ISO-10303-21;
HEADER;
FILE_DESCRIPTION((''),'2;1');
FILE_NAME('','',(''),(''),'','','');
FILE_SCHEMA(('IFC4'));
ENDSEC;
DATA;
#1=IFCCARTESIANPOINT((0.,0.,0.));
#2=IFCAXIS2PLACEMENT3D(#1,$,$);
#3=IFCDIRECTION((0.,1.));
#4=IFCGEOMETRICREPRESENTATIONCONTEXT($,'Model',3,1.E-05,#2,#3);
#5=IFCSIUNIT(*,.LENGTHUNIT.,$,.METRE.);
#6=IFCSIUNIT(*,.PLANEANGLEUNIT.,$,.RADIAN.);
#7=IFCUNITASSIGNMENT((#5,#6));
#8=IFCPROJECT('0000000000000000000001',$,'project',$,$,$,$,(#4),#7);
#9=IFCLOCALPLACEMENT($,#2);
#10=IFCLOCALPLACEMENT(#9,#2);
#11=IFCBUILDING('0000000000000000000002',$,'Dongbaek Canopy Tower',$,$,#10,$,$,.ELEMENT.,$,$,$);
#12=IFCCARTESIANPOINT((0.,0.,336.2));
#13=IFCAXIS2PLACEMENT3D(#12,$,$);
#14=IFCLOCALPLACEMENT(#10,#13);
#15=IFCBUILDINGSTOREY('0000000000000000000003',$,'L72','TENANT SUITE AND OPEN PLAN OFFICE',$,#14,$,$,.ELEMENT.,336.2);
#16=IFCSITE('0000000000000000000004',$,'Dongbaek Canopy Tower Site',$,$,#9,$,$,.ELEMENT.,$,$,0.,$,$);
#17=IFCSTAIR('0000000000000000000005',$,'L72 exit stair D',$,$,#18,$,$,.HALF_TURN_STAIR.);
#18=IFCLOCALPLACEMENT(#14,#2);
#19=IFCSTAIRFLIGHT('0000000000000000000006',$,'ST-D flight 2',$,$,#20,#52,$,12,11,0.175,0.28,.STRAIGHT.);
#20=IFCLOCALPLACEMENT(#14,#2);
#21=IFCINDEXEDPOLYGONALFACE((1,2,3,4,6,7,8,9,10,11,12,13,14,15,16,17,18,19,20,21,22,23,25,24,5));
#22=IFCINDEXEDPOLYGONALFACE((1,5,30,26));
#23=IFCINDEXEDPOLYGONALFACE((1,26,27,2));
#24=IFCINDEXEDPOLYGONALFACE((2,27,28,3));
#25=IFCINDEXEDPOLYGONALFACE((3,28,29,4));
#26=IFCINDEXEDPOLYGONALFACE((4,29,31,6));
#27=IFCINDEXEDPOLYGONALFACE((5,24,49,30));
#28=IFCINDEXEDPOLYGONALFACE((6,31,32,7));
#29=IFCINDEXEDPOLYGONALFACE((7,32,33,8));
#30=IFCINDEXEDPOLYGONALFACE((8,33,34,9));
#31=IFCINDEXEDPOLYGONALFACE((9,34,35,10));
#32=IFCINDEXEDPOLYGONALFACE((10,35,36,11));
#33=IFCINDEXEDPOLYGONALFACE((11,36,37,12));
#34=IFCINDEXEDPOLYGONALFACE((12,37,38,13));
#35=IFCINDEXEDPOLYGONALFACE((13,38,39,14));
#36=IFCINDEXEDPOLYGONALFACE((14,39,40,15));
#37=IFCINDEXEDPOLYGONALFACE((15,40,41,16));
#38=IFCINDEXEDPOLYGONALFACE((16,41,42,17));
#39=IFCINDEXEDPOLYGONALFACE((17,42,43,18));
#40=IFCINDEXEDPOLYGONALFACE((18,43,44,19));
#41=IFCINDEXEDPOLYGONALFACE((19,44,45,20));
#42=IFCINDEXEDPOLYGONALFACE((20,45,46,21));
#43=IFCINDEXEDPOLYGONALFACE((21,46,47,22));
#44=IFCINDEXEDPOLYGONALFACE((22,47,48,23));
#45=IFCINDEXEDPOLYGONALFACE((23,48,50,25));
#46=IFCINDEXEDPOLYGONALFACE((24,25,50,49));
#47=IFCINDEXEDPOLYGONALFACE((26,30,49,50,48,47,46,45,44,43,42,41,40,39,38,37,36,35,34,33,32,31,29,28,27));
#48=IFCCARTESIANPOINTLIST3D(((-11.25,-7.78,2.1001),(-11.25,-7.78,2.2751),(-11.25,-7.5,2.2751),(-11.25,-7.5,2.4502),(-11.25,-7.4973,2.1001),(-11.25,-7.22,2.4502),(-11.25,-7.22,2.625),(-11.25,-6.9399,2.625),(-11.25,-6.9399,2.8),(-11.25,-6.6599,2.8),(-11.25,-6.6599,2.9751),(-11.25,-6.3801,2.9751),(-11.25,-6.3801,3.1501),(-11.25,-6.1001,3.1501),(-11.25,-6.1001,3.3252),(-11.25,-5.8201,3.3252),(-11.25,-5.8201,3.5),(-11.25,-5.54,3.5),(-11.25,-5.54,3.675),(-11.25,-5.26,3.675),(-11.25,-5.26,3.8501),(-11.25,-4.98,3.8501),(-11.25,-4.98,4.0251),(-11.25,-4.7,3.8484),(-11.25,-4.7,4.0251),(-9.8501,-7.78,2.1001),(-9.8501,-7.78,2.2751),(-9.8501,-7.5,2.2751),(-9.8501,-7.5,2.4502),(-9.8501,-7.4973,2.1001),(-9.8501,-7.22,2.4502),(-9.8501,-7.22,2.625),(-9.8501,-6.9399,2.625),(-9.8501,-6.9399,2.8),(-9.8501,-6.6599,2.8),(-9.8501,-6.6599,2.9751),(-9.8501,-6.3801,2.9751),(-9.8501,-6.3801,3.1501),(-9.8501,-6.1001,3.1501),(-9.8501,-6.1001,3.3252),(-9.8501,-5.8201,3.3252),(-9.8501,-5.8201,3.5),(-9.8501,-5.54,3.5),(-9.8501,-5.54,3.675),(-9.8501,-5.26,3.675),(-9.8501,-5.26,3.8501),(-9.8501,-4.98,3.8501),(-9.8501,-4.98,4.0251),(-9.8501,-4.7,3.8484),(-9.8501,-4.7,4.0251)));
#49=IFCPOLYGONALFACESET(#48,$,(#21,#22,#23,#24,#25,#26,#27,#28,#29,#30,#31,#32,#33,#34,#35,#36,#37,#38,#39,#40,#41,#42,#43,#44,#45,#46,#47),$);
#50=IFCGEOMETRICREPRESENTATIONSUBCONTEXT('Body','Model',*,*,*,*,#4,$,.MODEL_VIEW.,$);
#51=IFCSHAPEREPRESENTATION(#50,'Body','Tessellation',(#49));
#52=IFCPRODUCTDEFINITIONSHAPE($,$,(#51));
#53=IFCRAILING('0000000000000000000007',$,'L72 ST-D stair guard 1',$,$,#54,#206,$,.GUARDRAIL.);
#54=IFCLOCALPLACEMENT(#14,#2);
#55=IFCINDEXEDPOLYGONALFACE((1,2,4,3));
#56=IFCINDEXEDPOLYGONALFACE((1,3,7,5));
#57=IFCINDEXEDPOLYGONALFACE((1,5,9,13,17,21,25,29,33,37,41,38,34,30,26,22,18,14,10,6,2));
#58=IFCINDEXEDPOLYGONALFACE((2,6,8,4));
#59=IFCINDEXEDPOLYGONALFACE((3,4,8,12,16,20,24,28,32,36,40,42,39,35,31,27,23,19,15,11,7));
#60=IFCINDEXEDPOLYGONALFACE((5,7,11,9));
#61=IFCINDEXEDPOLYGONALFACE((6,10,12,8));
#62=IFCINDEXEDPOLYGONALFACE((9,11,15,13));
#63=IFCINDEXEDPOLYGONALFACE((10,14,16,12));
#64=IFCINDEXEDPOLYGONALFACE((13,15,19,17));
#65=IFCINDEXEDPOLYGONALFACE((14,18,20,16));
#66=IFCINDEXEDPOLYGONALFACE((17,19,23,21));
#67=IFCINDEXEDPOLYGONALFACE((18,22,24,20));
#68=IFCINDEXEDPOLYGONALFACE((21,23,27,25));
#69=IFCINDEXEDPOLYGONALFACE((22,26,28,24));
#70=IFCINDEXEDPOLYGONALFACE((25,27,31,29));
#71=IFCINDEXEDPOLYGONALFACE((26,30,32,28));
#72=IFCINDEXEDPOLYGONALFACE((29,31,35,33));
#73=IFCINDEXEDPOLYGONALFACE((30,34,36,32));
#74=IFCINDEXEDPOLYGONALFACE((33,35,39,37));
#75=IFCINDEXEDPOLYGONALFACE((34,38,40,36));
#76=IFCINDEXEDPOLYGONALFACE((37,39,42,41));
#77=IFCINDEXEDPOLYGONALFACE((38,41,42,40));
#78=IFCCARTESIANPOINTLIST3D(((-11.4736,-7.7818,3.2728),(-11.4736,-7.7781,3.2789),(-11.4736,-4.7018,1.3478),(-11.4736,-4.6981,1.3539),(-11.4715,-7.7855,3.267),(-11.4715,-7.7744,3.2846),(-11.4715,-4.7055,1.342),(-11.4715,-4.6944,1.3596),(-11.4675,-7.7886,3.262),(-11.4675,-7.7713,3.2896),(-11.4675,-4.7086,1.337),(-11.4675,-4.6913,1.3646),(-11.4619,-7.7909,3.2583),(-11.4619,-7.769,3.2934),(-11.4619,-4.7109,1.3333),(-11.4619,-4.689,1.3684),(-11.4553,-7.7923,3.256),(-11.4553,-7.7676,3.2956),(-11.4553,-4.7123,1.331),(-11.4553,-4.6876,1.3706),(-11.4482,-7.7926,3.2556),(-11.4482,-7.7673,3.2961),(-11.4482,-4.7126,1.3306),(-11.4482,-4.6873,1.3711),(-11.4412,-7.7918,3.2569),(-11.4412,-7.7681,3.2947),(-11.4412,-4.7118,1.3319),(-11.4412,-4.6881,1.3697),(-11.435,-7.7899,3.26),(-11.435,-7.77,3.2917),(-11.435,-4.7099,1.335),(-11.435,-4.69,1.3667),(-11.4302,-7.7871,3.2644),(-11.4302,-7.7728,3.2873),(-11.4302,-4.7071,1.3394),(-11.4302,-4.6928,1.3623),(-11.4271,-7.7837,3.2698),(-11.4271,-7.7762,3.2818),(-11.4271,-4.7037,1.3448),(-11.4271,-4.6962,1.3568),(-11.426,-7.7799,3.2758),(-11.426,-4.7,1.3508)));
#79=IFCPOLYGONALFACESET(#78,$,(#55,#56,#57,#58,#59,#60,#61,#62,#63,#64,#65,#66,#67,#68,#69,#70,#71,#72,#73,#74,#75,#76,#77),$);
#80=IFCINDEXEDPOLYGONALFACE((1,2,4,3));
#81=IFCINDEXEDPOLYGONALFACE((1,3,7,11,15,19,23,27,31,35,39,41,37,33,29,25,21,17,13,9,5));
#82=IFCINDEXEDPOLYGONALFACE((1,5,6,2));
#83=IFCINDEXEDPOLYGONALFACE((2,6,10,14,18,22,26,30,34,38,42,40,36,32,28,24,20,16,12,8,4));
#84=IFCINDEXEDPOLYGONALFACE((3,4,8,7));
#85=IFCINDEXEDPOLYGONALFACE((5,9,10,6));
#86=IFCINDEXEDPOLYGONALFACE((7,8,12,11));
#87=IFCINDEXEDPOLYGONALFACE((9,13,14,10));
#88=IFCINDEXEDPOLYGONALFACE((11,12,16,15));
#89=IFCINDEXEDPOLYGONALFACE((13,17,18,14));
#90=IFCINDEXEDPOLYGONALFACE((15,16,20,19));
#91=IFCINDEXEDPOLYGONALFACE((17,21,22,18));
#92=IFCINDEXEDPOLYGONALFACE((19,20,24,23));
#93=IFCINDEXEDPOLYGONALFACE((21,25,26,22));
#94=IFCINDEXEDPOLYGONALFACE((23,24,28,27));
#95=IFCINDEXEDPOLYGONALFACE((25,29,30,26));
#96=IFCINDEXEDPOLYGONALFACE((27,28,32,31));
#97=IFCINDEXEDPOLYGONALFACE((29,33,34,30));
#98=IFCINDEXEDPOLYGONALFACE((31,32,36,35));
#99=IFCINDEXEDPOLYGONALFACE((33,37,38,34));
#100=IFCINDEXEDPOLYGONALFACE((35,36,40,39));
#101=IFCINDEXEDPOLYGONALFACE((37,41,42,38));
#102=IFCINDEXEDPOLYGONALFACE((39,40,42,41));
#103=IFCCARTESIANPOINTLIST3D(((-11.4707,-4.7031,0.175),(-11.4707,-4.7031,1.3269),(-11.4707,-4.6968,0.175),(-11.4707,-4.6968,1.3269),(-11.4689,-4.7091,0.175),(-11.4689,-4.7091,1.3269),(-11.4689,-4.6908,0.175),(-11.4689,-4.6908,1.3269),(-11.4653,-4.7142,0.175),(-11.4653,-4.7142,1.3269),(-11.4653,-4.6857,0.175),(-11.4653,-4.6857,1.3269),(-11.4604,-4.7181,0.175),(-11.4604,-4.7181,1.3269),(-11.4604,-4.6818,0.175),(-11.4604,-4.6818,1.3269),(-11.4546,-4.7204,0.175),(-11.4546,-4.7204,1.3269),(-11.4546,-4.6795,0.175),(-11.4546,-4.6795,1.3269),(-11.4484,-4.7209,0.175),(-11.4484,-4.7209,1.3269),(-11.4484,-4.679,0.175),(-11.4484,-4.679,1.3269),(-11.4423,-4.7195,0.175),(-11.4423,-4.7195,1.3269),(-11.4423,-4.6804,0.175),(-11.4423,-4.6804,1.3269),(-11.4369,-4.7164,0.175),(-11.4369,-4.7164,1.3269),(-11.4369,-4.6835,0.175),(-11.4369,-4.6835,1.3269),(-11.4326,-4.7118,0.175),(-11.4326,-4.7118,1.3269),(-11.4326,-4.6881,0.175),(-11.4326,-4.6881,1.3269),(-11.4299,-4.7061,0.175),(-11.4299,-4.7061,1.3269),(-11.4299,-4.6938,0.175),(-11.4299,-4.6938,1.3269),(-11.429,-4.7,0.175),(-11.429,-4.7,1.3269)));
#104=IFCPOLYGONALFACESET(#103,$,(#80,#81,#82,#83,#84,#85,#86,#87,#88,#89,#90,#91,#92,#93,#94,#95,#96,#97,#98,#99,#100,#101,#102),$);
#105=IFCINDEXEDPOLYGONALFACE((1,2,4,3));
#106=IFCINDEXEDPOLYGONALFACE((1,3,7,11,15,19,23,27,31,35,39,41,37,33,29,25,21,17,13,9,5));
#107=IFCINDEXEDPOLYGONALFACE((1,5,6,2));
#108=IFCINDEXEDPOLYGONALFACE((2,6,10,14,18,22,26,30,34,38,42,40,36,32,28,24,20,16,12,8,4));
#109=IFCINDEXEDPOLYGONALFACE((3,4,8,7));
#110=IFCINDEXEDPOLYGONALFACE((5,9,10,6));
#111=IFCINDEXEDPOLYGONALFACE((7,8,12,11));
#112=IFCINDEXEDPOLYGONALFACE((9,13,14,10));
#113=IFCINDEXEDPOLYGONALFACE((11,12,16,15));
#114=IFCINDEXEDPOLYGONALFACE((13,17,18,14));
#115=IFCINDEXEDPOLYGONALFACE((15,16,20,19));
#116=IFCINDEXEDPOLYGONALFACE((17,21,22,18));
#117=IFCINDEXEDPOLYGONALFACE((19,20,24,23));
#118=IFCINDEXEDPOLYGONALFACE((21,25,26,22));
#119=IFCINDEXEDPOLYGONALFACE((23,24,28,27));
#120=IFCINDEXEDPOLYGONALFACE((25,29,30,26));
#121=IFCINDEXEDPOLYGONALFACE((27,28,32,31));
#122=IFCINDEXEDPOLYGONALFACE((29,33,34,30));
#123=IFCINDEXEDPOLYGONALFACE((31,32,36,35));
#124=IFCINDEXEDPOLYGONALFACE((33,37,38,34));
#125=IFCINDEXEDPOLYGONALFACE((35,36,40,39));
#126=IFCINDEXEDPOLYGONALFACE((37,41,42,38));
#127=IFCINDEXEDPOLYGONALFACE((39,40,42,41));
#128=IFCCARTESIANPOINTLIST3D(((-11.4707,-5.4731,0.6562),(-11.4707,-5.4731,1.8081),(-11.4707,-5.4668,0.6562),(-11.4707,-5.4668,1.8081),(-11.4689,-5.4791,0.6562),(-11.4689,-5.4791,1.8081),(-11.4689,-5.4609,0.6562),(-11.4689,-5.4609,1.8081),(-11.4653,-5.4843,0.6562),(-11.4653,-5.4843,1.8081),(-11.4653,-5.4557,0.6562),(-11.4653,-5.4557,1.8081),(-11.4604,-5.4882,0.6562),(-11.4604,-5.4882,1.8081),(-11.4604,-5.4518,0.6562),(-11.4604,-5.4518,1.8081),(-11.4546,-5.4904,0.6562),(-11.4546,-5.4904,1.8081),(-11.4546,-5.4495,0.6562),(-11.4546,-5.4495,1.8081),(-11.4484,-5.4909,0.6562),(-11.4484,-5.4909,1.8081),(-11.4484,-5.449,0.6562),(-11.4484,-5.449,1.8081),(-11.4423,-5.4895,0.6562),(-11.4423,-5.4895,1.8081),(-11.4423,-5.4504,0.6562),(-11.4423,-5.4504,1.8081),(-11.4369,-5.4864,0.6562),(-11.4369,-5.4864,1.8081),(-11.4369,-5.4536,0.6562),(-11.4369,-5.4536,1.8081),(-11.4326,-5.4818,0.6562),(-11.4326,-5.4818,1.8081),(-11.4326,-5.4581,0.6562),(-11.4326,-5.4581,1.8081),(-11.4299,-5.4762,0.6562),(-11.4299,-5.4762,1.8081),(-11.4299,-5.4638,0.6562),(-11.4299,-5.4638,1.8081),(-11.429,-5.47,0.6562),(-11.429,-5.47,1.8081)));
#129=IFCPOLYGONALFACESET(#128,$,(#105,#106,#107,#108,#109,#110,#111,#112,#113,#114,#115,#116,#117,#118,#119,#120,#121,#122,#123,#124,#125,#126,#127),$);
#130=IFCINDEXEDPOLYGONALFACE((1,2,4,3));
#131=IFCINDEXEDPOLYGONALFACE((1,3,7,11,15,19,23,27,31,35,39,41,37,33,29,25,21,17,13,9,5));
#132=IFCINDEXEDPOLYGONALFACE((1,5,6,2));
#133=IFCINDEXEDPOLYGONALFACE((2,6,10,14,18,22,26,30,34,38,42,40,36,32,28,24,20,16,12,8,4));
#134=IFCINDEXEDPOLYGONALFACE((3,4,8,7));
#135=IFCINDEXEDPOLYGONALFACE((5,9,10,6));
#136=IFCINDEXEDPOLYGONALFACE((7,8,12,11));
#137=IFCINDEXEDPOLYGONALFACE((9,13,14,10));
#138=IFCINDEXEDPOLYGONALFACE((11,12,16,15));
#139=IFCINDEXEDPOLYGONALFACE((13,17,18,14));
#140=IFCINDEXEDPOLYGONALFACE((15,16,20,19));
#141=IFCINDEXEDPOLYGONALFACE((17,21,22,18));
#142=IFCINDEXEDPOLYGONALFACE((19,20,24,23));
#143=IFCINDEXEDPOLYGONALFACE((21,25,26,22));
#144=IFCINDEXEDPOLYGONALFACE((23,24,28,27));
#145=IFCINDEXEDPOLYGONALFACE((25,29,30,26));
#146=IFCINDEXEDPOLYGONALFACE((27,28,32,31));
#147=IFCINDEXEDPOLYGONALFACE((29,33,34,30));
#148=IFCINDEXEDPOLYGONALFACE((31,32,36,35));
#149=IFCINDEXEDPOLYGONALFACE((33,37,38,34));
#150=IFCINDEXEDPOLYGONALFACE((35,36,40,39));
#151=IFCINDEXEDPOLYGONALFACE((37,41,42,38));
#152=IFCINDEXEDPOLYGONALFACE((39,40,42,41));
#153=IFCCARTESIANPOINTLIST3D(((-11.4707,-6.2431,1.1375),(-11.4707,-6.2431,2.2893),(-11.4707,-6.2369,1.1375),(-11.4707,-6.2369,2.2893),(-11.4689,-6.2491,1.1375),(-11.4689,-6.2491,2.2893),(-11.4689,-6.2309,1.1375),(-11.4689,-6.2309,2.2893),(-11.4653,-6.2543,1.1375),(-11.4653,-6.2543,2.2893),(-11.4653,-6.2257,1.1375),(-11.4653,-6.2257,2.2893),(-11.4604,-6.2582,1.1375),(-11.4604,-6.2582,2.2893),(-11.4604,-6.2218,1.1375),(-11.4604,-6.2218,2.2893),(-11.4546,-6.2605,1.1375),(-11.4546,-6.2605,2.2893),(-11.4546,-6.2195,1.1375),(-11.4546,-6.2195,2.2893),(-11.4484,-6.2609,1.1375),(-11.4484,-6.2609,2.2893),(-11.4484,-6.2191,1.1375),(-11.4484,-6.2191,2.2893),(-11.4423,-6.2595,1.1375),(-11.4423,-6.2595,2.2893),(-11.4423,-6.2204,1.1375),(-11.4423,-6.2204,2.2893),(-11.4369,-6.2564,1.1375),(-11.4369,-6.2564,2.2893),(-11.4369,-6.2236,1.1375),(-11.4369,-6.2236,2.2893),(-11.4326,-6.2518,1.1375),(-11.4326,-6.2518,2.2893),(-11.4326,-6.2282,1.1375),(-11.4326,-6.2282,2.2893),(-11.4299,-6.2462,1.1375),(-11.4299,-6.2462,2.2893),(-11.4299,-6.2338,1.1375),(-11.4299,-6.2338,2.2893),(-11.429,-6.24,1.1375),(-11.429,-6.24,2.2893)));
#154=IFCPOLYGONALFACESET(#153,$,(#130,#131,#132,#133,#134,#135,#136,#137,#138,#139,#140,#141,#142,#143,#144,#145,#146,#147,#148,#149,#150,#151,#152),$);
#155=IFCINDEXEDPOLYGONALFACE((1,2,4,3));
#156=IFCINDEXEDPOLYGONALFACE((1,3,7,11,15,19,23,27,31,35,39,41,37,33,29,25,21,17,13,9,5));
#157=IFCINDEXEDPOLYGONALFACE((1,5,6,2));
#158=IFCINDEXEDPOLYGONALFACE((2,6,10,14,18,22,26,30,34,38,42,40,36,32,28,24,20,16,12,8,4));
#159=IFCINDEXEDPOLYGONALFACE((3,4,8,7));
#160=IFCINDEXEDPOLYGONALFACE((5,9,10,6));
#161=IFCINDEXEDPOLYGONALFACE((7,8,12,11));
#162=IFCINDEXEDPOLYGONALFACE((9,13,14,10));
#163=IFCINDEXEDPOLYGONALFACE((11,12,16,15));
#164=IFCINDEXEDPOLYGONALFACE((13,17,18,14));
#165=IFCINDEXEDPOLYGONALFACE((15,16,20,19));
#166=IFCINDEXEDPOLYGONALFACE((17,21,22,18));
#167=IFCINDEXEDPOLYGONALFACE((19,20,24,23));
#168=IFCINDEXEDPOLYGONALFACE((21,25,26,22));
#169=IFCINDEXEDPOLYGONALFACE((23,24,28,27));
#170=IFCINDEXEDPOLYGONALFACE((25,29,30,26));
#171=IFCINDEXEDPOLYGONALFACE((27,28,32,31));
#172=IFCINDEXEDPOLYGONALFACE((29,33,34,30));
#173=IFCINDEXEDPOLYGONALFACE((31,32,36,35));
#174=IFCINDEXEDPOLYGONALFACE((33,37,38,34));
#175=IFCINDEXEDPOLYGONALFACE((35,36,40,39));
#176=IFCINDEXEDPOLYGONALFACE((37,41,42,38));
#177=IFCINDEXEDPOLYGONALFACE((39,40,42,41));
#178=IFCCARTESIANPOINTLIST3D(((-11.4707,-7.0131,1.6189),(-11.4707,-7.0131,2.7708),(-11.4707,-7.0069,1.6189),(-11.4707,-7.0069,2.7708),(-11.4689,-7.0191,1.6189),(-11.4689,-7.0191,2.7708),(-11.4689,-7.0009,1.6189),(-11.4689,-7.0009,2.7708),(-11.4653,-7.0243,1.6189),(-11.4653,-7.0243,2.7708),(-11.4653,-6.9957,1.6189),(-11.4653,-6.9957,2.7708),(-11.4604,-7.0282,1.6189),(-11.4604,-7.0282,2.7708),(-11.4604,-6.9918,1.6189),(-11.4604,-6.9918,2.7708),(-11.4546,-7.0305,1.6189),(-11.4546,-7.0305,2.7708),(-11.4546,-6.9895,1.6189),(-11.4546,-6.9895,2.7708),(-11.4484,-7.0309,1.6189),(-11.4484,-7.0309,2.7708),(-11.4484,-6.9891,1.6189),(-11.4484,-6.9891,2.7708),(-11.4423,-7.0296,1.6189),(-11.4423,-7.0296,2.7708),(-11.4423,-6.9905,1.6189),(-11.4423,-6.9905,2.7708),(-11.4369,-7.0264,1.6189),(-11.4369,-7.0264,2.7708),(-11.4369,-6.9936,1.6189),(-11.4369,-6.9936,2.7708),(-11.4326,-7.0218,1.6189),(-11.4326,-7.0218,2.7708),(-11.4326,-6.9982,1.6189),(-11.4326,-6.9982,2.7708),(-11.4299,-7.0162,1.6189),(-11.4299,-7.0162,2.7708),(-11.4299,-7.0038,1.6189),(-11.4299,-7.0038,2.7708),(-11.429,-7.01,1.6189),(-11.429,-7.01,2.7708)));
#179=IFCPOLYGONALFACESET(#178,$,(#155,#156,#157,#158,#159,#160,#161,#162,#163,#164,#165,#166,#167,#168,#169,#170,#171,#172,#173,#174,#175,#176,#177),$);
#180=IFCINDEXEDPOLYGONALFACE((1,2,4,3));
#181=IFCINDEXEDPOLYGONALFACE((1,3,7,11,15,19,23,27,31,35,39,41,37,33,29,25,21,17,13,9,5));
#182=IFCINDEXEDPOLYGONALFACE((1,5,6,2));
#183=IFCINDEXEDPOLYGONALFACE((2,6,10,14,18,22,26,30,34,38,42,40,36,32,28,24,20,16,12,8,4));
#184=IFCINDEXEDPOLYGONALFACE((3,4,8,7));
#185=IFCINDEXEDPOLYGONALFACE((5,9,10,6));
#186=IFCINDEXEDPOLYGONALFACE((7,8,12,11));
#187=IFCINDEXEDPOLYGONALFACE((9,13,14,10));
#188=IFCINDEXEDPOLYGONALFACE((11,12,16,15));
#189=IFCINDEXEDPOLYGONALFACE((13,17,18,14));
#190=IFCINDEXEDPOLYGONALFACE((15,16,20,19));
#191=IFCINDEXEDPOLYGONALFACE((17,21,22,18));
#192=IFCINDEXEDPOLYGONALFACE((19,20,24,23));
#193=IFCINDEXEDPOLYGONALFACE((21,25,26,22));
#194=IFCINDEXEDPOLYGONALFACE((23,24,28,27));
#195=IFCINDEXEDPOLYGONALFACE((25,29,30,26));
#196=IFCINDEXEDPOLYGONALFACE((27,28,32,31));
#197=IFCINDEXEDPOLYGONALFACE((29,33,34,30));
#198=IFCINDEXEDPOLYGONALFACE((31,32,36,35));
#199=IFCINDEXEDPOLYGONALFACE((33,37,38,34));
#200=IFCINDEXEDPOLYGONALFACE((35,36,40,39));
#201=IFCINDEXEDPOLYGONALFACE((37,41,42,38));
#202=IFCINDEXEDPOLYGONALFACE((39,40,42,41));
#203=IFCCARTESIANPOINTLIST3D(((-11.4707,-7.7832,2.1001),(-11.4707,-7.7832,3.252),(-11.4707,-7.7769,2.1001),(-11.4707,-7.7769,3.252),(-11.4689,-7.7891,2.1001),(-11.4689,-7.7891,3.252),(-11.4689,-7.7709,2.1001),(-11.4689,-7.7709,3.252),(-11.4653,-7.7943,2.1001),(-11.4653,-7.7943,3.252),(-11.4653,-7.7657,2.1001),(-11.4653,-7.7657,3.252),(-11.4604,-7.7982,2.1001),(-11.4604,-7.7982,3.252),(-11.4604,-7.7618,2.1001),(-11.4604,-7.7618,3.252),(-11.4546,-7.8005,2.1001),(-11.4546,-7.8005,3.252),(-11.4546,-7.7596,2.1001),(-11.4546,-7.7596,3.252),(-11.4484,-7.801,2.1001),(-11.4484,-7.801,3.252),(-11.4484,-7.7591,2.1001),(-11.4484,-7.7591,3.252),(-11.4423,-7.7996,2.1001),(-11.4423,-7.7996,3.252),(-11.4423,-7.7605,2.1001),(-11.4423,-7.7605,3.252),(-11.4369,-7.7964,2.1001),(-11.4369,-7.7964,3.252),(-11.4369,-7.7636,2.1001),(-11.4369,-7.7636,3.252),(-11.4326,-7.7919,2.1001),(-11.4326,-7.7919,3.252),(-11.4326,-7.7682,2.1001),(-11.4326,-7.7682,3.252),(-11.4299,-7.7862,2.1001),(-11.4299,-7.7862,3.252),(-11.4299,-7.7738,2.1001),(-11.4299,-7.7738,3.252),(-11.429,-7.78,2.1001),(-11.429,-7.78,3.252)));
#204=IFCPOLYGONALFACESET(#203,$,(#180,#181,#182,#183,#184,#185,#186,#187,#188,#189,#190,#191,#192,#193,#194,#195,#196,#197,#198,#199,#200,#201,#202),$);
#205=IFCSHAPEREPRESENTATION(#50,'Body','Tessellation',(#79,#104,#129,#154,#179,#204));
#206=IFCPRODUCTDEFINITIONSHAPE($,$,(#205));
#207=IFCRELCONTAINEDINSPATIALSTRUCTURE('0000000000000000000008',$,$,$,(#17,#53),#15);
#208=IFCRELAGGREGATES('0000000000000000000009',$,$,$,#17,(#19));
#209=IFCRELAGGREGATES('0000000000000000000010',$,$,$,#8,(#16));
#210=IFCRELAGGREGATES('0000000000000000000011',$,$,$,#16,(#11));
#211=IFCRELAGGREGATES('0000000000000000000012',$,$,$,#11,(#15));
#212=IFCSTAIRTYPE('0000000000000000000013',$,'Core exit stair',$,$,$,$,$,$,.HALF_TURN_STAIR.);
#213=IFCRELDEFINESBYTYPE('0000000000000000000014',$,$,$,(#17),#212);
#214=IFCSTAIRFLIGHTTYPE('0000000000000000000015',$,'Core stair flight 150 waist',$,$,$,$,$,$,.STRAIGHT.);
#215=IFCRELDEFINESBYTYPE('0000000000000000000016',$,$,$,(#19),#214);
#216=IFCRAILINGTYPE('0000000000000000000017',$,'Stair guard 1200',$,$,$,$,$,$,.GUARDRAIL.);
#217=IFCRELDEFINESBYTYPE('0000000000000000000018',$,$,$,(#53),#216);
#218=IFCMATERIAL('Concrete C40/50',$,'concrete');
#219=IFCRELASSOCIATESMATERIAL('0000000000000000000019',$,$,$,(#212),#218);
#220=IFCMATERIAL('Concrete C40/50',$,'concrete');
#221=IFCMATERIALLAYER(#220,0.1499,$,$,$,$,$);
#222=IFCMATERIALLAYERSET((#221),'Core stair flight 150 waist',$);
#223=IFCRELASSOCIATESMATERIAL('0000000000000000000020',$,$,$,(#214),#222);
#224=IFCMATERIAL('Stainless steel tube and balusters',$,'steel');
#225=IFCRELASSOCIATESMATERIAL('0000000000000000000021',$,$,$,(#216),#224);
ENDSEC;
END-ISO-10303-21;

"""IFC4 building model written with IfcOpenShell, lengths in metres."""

from ifc_helpers import new_model, si_unit, direction, frame, origin, origin_2d, place, context, subcontext, project, spatial, polyline, circle, outline, extrude, material, layer, layer_set, type_object, element, aggregate, save


model = new_model("IFC4")

# Units and contexts
model_context = context("Model", 3, precision=1e-05, world=origin(), true_north=direction((0.0, 1.0)))
body_context = subcontext(model_context, "Body", "Model", "MODEL_VIEW")
ifc_project = project(units=[si_unit("LENGTHUNIT", "METRE"), si_unit("PLANEANGLEUNIT", "RADIAN")], contexts=[model_context])

# Site, building, storey
site_placement = place(None, origin())
site = spatial("IfcSite", under=ifc_project, at=site_placement, Name="Dongbaek Canopy Tower Site", CompositionType="ELEMENT", RefElevation=0.0)
building_placement = place(site_placement, origin())
building = spatial("IfcBuilding", under=site, at=building_placement, Name="Dongbaek Canopy Tower", CompositionType="ELEMENT")
storey_placement = place(building_placement, frame((0.0, 0.0, 336.2)))
storey = spatial("IfcBuildingStorey", under=building, at=storey_placement, Name="L72", Description="TENANT SUITE AND OPEN PLAN OFFICE", CompositionType="ELEMENT", Elevation=336.2)

# Stair, stair flight
ifc_material_1 = material(Name="Concrete C40/50", Category="concrete")
stair_type = type_object("IfcStairType", Name="Core exit stair", PredefinedType="HALF_TURN_STAIR", material=ifc_material_1)
stair_placement = place(storey_placement, origin())
stair = element("IfcStair", 1, at=stair_placement, inside=storey, type_object=stair_type, Name="L72 exit stair D", PredefinedType="HALF_TURN_STAIR")
ifc_material_2 = material(Name="Concrete C40/50", Category="concrete")
ifc_layer_1 = layer(ifc_material_2, 0.1499)
ifc_layer_set_1 = layer_set([ifc_layer_1], Name="Core stair flight 150 waist")
stair_flight_type = type_object("IfcStairFlightType", Name="Core stair flight 150 waist", PredefinedType="STRAIGHT", material=ifc_layer_set_1)
stair_flight_1_placement = place(storey_placement, frame((-10.55, -7.78, 2.1001), z_axis=(0.0, 0.0, 1.0), x_axis=(0.0, 1.0, 0.0)))
stair_flight_1 = element("IfcStairFlight", 2, at=stair_flight_1_placement, type_object=stair_flight_type, Name="ST-D flight 2", NumberOfRisers=12, NumberOfTreads=11, PredefinedType="STRAIGHT", RiserHeight=0.175, TreadLength=0.28, context=body_context, shape_type="SweptSolid", body=[
    extrude(outline(polyline([(0.0, 0.0), (0.0, 0.175), (0.28, 0.175), (0.28, 0.3501), (0.5601, 0.3501), (0.5601, 0.5249), (0.8401, 0.5249), (0.8401, 0.7), (1.1201, 0.7), (1.1201, 0.875), (1.3999, 0.875), (1.3999, 1.05), (1.6799, 1.05), (1.6799, 1.2251), (1.96, 1.2251), (1.96, 1.3999), (2.24, 1.3999), (2.24, 1.575), (2.52, 1.575), (2.52, 1.75), (2.8, 1.75), (2.8, 1.925), (3.0801, 1.925), (3.0801, 2.1001), (3.0801, 1.7483), (0.2827, 0.0), (0.0, 0.0)])), frame((0.0, 0.7, 0.0), z_axis=(0.0, -1.0, 0.0), x_axis=(1.0, 0.0, 0.0)), (0.0, 0.0, 1.0), 1.3999),
])
aggregate(stair, [stair_flight_1])

# Railing
ifc_material_3 = material(Name="Stainless steel tube and balusters", Category="steel")
railing_type_1 = type_object("IfcRailingType", Name="Stair guard 1200", PredefinedType="GUARDRAIL", material=ifc_material_3)
railing_1_placement = place(storey_placement, frame((-11.45, -4.7, 0.175)))
element("IfcRailing", 3, at=railing_1_placement, inside=storey, type_object=railing_type_1, Name="L72 ST-D stair guard 1", PredefinedType="GUARDRAIL", context=body_context, shape_type="SweptSolid", body=[
    extrude(circle(Radius=0.0239, at=origin_2d()), frame((0.0, 0.0, 1.1758), z_axis=(0.0, -0.847998, 0.529999), x_axis=(1.0, 0.0, 0.0)), (0.0, 0.0, 1.0), 3.6321),
    extrude(circle(Radius=0.021, at=origin_2d()), origin(), (0.0, 0.0, 1.0), 1.1519),
    extrude(circle(Radius=0.021, at=origin_2d()), frame((0.0, -0.77, 0.4812)), (0.0, 0.0, 1.0), 1.1519),
    extrude(circle(Radius=0.021, at=origin_2d()), frame((0.0, -1.54, 0.9624)), (0.0, 0.0, 1.0), 1.1519),
    extrude(circle(Radius=0.021, at=origin_2d()), frame((0.0, -2.3101, 1.4438)), (0.0, 0.0, 1.0), 1.1519),
    extrude(circle(Radius=0.021, at=origin_2d()), frame((0.0, -3.0801, 1.925)), (0.0, 0.0, 1.0), 1.1519),
])

save(model, "model.ifc")
